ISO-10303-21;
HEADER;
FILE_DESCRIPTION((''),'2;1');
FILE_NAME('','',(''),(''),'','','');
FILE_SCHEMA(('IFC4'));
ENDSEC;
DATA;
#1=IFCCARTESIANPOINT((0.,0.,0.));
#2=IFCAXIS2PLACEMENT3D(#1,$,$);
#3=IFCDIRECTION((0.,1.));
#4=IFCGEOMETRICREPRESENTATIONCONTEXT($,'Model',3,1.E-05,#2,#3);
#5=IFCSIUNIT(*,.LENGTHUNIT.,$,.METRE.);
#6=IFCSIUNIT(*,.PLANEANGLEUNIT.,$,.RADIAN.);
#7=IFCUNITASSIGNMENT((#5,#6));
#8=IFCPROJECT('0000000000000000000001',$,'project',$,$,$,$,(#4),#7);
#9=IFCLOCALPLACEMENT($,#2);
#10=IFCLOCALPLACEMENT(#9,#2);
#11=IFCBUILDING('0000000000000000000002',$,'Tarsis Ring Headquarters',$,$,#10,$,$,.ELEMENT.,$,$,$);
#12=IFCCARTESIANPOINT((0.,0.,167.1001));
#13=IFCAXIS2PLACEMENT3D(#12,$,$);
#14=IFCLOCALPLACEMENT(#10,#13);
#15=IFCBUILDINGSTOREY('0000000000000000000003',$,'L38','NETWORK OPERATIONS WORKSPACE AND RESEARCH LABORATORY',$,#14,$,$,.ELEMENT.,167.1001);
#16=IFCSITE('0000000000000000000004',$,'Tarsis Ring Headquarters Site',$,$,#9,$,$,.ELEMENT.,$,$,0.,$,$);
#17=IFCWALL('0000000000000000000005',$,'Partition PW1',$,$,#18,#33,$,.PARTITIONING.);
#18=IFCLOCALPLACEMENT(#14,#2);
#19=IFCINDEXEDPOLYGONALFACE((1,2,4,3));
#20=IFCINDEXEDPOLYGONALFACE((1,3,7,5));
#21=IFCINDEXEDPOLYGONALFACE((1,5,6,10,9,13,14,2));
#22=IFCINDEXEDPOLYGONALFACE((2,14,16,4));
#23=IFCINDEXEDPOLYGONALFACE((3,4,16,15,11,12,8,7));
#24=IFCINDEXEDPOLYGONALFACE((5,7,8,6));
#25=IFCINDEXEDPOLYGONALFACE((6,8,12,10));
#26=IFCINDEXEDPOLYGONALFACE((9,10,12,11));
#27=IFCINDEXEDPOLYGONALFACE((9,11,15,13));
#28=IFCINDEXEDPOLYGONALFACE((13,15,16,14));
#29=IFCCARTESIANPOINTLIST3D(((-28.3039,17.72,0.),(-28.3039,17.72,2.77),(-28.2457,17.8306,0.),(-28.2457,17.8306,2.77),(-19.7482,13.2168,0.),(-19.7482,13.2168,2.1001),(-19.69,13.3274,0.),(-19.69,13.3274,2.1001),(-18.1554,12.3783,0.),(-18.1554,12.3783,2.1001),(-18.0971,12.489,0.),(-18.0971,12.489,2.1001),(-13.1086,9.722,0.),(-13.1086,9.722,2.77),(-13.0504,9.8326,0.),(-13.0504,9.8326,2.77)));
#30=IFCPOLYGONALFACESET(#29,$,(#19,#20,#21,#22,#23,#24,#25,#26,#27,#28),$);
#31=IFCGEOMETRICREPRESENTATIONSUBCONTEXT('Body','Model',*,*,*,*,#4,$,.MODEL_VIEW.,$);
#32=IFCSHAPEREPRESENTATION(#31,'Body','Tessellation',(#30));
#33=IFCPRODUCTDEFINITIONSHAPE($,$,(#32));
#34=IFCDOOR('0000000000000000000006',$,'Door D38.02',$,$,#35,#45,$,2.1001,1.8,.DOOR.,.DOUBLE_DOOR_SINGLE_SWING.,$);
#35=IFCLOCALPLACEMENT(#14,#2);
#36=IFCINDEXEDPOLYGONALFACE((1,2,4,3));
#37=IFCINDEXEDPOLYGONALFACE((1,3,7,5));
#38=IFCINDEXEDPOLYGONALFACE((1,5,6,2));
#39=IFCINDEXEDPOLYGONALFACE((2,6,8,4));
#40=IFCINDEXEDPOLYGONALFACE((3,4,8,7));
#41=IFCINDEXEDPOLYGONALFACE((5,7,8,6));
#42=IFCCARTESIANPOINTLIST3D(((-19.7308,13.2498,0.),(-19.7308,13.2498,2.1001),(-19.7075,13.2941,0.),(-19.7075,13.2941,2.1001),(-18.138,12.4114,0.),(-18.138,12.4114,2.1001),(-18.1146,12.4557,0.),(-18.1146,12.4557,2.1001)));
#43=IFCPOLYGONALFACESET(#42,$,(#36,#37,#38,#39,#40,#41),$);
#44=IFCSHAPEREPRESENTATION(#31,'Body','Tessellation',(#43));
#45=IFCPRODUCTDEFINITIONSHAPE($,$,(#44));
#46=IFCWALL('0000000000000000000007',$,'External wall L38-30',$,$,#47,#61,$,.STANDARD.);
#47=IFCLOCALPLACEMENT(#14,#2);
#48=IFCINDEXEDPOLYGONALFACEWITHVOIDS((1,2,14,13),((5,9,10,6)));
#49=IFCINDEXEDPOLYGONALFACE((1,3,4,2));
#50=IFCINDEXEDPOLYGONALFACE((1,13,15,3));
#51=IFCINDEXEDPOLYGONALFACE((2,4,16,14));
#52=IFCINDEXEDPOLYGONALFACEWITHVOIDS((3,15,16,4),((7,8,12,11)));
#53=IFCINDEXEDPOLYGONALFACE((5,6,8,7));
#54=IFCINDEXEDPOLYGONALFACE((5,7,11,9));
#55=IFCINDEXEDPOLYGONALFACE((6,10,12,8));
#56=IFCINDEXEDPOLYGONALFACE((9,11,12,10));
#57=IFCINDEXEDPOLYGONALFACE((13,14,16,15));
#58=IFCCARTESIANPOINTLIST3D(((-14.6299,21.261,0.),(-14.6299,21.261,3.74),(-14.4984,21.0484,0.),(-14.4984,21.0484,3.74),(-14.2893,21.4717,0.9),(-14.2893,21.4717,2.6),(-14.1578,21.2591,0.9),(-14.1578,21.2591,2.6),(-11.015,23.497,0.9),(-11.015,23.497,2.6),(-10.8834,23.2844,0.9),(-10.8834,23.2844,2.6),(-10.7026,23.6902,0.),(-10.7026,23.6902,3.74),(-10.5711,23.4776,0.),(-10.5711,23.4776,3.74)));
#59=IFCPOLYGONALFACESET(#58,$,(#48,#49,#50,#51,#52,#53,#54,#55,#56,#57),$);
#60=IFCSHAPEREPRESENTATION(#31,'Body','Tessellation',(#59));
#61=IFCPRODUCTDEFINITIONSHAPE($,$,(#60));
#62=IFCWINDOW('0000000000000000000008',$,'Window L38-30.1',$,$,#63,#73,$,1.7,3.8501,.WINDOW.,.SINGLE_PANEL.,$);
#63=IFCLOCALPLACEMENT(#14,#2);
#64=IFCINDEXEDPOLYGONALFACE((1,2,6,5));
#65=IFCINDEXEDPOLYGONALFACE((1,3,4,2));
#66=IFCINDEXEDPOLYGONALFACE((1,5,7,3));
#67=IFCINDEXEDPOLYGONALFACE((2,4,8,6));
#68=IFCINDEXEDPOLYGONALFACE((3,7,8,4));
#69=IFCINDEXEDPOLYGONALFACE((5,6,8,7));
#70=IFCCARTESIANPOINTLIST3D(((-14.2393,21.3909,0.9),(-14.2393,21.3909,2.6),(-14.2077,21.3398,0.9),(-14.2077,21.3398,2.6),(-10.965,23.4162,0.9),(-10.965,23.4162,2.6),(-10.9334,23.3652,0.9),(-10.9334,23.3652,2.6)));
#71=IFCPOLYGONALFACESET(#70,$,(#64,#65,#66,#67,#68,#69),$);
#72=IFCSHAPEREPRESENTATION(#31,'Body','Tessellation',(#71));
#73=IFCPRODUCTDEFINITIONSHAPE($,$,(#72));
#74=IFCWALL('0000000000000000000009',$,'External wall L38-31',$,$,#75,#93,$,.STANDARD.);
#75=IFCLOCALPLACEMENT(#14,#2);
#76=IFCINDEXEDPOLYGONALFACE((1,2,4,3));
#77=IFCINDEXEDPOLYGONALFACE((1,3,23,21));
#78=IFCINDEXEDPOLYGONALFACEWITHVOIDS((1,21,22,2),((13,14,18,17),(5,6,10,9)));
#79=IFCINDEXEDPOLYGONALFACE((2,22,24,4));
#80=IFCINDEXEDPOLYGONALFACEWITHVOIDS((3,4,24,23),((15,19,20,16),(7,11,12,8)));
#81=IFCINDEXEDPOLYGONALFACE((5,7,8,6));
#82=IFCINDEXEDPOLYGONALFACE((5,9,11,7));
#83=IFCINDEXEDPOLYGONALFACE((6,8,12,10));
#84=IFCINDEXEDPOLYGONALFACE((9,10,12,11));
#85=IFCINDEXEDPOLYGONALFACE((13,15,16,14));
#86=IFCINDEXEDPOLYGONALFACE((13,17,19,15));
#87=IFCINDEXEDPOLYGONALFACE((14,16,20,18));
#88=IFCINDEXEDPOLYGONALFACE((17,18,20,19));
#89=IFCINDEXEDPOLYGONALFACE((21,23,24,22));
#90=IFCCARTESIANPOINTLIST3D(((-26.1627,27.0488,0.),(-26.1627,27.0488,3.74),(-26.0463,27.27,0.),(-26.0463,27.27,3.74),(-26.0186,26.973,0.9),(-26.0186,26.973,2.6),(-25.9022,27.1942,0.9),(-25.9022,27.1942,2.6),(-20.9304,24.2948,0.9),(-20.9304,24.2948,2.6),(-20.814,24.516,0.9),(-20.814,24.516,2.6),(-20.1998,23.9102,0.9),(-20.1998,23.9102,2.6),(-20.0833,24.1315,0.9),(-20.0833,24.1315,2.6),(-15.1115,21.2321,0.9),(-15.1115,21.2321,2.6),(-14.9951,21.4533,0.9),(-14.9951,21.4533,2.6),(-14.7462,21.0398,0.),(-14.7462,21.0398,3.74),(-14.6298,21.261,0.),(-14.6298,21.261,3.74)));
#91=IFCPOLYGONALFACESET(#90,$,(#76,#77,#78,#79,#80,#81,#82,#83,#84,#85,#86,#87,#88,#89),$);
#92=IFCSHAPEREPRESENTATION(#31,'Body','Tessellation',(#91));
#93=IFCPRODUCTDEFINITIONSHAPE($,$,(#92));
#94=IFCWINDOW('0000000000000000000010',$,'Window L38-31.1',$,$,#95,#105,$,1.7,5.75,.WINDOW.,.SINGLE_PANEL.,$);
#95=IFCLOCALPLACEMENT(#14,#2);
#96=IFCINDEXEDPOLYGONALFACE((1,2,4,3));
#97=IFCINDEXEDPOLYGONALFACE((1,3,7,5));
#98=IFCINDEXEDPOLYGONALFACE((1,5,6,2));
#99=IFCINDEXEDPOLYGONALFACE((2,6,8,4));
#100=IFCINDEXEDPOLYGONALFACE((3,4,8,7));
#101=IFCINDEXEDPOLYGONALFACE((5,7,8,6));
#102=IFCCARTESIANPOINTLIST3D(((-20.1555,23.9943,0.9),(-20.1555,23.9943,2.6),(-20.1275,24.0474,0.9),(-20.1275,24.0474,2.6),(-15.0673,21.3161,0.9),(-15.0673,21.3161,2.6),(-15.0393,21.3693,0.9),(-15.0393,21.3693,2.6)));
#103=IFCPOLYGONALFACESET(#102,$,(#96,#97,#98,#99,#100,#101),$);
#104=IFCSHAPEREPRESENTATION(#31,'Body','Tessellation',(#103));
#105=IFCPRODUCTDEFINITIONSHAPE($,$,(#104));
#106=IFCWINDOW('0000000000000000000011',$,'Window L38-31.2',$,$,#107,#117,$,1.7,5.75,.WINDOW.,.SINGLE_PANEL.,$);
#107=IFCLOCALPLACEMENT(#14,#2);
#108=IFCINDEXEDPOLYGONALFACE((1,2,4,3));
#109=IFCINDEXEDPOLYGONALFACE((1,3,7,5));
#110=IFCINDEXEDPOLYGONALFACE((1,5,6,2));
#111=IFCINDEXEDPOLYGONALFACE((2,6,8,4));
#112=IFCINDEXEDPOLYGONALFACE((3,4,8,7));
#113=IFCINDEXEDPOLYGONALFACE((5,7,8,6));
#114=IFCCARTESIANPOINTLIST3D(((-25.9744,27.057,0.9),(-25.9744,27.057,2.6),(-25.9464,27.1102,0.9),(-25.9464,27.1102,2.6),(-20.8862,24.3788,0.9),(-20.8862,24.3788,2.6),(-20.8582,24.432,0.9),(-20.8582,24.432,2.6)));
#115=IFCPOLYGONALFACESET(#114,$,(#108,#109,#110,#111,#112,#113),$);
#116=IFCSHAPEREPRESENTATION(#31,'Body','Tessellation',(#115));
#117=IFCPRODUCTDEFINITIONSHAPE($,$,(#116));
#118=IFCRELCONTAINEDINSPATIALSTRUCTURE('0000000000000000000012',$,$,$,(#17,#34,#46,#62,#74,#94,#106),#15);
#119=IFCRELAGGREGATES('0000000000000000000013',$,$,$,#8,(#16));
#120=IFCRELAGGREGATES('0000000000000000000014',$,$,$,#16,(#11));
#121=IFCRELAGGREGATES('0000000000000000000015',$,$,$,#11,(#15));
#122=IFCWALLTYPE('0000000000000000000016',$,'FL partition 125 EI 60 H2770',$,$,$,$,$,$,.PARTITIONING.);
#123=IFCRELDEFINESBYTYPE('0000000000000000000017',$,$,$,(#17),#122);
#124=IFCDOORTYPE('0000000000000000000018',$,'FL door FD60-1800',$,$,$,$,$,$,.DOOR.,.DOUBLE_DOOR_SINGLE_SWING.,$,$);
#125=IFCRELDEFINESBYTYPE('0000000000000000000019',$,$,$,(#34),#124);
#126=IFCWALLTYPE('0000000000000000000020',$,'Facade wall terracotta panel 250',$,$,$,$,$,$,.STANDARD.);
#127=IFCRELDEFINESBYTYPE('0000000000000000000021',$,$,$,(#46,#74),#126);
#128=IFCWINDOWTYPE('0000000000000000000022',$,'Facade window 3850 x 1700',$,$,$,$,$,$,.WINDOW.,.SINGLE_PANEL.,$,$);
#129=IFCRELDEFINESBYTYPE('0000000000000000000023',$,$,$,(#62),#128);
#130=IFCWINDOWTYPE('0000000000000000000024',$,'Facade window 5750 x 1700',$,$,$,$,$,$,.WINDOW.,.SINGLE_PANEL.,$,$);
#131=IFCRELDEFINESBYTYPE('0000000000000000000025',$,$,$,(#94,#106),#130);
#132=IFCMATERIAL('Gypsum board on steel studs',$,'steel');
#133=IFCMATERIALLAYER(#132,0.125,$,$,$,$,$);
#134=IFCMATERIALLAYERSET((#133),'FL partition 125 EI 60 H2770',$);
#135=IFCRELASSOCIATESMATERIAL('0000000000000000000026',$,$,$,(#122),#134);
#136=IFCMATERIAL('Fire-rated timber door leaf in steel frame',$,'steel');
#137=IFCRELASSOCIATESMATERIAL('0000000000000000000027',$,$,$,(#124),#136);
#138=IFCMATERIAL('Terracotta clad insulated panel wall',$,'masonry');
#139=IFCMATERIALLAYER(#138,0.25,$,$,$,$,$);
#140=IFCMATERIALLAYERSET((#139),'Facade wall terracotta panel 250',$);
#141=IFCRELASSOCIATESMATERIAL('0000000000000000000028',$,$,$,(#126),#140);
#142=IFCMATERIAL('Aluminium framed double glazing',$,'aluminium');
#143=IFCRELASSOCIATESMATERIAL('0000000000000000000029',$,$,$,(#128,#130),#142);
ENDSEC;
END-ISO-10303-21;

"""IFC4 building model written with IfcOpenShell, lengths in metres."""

from ifc_helpers import new_model, si_unit, direction, frame, frame_2d, origin, place, context, subcontext, project, spatial, rectangle, extrude, material, layer, layer_set, type_object, element, fill, save


model = new_model("IFC4")

# Units and contexts
model_context = context("Model", 3, precision=1e-05, world=origin(), true_north=direction((0.0, 1.0)))
body_context = subcontext(model_context, "Body", "Model", "MODEL_VIEW")
ifc_project = project(units=[si_unit("LENGTHUNIT", "METRE"), si_unit("PLANEANGLEUNIT", "RADIAN")], contexts=[model_context])

# Site, building, storey
site_placement = place(None, origin())
site = spatial("IfcSite", under=ifc_project, at=site_placement, Name="Tarsis Ring Headquarters Site", CompositionType="ELEMENT", RefElevation=0.0)
building_placement = place(site_placement, origin())
building = spatial("IfcBuilding", under=site, at=building_placement, Name="Tarsis Ring Headquarters", CompositionType="ELEMENT")
storey_placement = place(building_placement, frame((0.0, 0.0, 167.1001)))
storey = spatial("IfcBuildingStorey", under=building, at=storey_placement, Name="L38", Description="NETWORK OPERATIONS WORKSPACE AND RESEARCH LABORATORY", CompositionType="ELEMENT", Elevation=167.1001)

# Shared definitions
ifc_material_1 = material(Name="Gypsum board on steel studs", Category="steel")

# Shared definitions
ifc_layer_1 = layer(ifc_material_1, 0.125)
ifc_layer_set_1 = layer_set([ifc_layer_1], Name="FL partition 125 EI 60 H2770")
wall_type_1 = type_object("IfcWallType", Name="FL partition 125 EI 60 H2770", PredefinedType="PARTITIONING", material=ifc_layer_set_1)
ifc_material_2 = material(Name="Fire-rated timber door leaf in steel frame", Category="steel")

# Wall, opening, door
wall_1_placement = place(storey_placement, frame((-28.2749, 17.7754, 0.0), z_axis=(0.0, 0.0, 1.0), x_axis=(0.884906, -0.46577, 0.0)))
wall_1 = element("IfcWall", 1, at=wall_1_placement, inside=storey, type_object=wall_type_1, Name="Partition PW1", PredefinedType="PARTITIONING", context=body_context, shape_type="SweptSolid", body=[
    extrude(rectangle(XDim=17.1716, YDim=0.125, at=frame_2d((8.5859, 0.0))), origin(), (0.0, 0.0, 1.0), 2.77),
])
opening_1_placement = place(wall_1_placement, frame((9.6687, 0.0, 0.0)))
opening_1 = element("IfcOpeningElement", 2, at=opening_1_placement, cuts=wall_1, PredefinedType="OPENING", context=body_context, shape_type="SweptSolid", body=[
    extrude(rectangle(XDim=1.8, YDim=2.1001, at=frame_2d((0.8999, 1.05))), frame((0.0, 0.0725, 0.0), z_axis=(0.0, -1.0, 0.0), x_axis=(1.0, 0.0, 0.0)), (0.0, 0.0, 1.0), 0.145),
])
door_type_1 = type_object("IfcDoorType", Name="FL door FD60-1800", OperationType="DOUBLE_DOOR_SINGLE_SWING", PredefinedType="DOOR", material=ifc_material_2)
door_1_placement = place(opening_1_placement, origin())
door_1 = element("IfcDoor", 3, at=door_1_placement, inside=storey, type_object=door_type_1, Name="Door D38.02", OperationType="DOUBLE_DOOR_SINGLE_SWING", OverallHeight=2.1001, OverallWidth=1.8, PredefinedType="DOOR", context=body_context, shape_type="SweptSolid", body=[
    extrude(rectangle(XDim=1.8, YDim=2.1001, at=frame_2d((0.8999, 1.05))), frame((0.0, 0.0249, 0.0), z_axis=(0.0, -1.0, 0.0), x_axis=(1.0, 0.0, 0.0)), (0.0, 0.0, 1.0), 0.05),
])
fill(opening_1, door_1)

# Wall, opening, window
ifc_material_3 = material(Name="Terracotta clad insulated panel wall", Category="masonry")
ifc_layer_2 = layer(ifc_material_3, 0.25)
ifc_layer_set_2 = layer_set([ifc_layer_2], Name="Facade wall terracotta panel 250")
wall_type_2 = type_object("IfcWallType", Name="Facade wall terracotta panel 250", PredefinedType="STANDARD", material=ifc_layer_set_2)
wall_2_placement = place(storey_placement, frame((-10.6367, 23.584, 0.0), z_axis=(0.0, 0.0, 1.0), x_axis=(-0.850454, -0.526049, 0.0)))
wall_2 = element("IfcWall", 4, at=wall_2_placement, inside=storey, type_object=wall_type_2, Name="External wall L38-30", PredefinedType="STANDARD", context=body_context, shape_type="SweptSolid", body=[
    extrude(rectangle(XDim=4.6179, YDim=0.25, at=frame_2d((2.3091, 0.0))), origin(), (0.0, 0.0, 1.0), 3.74),
])
opening_2_placement = place(wall_2_placement, frame((0.3674, 0.0, 0.8999)))
opening_2 = element("IfcOpeningElement", 5, at=opening_2_placement, cuts=wall_2, PredefinedType="OPENING", context=body_context, shape_type="SweptSolid", body=[
    extrude(rectangle(XDim=3.8501, YDim=1.7, at=frame_2d((1.925, 0.8501))), frame((0.0, 0.135, 0.0), z_axis=(0.0, -1.0, 0.0), x_axis=(1.0, 0.0, 0.0)), (0.0, 0.0, 1.0), 0.27),
])
ifc_material_4 = material(Name="Aluminium framed double glazing", Category="aluminium")
window_type_1 = type_object("IfcWindowType", Name="Facade window 3850 x 1700", PartitioningType="SINGLE_PANEL", PredefinedType="WINDOW", material=ifc_material_4)
window_1_placement = place(opening_2_placement, origin())
window_1 = element("IfcWindow", 6, at=window_1_placement, inside=storey, type_object=window_type_1, Name="Window L38-30.1", OverallHeight=1.7, OverallWidth=3.8501, PartitioningType="SINGLE_PANEL", PredefinedType="WINDOW", context=body_context, shape_type="SweptSolid", body=[
    extrude(rectangle(XDim=3.8501, YDim=1.7, at=frame_2d((1.925, 0.8501))), frame((0.0, 0.03, 0.0), z_axis=(0.0, -1.0, 0.0), x_axis=(1.0, 0.0, 0.0)), (0.0, 0.0, 1.0), 0.0601),
])
fill(opening_2, window_1)

# Wall, openings, windows
wall_3_placement = place(storey_placement, frame((-14.688, 21.1504, 0.0), z_axis=(0.0, 0.0, 1.0), x_axis=(-0.884907, 0.465767, 0.0)))
wall_3 = element("IfcWall", 7, at=wall_3_placement, inside=storey, type_object=wall_type_2, Name="External wall L38-31", PredefinedType="STANDARD", context=body_context, shape_type="SweptSolid", body=[
    extrude(rectangle(XDim=12.9014, YDim=0.25, at=frame_2d((6.4507, 0.0))), origin(), (0.0, 0.0, 1.0), 3.74),
])
opening_3_placement = place(wall_3_placement, frame((0.4128, 0.0, 0.8999)))
opening_3 = element("IfcOpeningElement", 8, at=opening_3_placement, cuts=wall_3, PredefinedType="OPENING", context=body_context, shape_type="SweptSolid", body=[
    extrude(rectangle(XDim=5.75, YDim=1.7, at=frame_2d((2.875, 0.8501))), frame((0.0, 0.135, 0.0), z_axis=(0.0, -1.0, 0.0), x_axis=(1.0, 0.0, 0.0)), (0.0, 0.0, 1.0), 0.27),
])
opening_4_placement = place(wall_3_placement, frame((6.9885, 0.0, 0.8999)))
opening_4 = element("IfcOpeningElement", 9, at=opening_4_placement, cuts=wall_3, PredefinedType="OPENING", context=body_context, shape_type="SweptSolid", body=[
    extrude(rectangle(XDim=5.75, YDim=1.7, at=frame_2d((2.875, 0.8501))), frame((0.0, 0.135, 0.0), z_axis=(0.0, -1.0, 0.0), x_axis=(1.0, 0.0, 0.0)), (0.0, 0.0, 1.0), 0.27),
])
window_type_2 = type_object("IfcWindowType", Name="Facade window 5750 x 1700", PartitioningType="SINGLE_PANEL", PredefinedType="WINDOW", material=ifc_material_4)
window_2_placement = place(opening_3_placement, origin())
window_2 = element("IfcWindow", 10, at=window_2_placement, inside=storey, type_object=window_type_2, Name="Window L38-31.1", OverallHeight=1.7, OverallWidth=5.75, PartitioningType="SINGLE_PANEL", PredefinedType="WINDOW", context=body_context, shape_type="SweptSolid", body=[
    extrude(rectangle(XDim=5.75, YDim=1.7, at=frame_2d((2.875, 0.8501))), frame((0.0, 0.03, 0.0), z_axis=(0.0, -1.0, 0.0), x_axis=(1.0, 0.0, 0.0)), (0.0, 0.0, 1.0), 0.0601),
])
fill(opening_3, window_2)
window_3_placement = place(opening_4_placement, origin())
window_3 = element("IfcWindow", 11, at=window_3_placement, inside=storey, type_object=window_type_2, Name="Window L38-31.2", OverallHeight=1.7, OverallWidth=5.75, PartitioningType="SINGLE_PANEL", PredefinedType="WINDOW", context=body_context, shape_type="SweptSolid", body=[
    extrude(rectangle(XDim=5.75, YDim=1.7, at=frame_2d((2.875, 0.8501))), frame((0.0, 0.03, 0.0), z_axis=(0.0, -1.0, 0.0), x_axis=(1.0, 0.0, 0.0)), (0.0, 0.0, 1.0), 0.0601),
])
fill(opening_4, window_3)

save(model, "model.ifc")
